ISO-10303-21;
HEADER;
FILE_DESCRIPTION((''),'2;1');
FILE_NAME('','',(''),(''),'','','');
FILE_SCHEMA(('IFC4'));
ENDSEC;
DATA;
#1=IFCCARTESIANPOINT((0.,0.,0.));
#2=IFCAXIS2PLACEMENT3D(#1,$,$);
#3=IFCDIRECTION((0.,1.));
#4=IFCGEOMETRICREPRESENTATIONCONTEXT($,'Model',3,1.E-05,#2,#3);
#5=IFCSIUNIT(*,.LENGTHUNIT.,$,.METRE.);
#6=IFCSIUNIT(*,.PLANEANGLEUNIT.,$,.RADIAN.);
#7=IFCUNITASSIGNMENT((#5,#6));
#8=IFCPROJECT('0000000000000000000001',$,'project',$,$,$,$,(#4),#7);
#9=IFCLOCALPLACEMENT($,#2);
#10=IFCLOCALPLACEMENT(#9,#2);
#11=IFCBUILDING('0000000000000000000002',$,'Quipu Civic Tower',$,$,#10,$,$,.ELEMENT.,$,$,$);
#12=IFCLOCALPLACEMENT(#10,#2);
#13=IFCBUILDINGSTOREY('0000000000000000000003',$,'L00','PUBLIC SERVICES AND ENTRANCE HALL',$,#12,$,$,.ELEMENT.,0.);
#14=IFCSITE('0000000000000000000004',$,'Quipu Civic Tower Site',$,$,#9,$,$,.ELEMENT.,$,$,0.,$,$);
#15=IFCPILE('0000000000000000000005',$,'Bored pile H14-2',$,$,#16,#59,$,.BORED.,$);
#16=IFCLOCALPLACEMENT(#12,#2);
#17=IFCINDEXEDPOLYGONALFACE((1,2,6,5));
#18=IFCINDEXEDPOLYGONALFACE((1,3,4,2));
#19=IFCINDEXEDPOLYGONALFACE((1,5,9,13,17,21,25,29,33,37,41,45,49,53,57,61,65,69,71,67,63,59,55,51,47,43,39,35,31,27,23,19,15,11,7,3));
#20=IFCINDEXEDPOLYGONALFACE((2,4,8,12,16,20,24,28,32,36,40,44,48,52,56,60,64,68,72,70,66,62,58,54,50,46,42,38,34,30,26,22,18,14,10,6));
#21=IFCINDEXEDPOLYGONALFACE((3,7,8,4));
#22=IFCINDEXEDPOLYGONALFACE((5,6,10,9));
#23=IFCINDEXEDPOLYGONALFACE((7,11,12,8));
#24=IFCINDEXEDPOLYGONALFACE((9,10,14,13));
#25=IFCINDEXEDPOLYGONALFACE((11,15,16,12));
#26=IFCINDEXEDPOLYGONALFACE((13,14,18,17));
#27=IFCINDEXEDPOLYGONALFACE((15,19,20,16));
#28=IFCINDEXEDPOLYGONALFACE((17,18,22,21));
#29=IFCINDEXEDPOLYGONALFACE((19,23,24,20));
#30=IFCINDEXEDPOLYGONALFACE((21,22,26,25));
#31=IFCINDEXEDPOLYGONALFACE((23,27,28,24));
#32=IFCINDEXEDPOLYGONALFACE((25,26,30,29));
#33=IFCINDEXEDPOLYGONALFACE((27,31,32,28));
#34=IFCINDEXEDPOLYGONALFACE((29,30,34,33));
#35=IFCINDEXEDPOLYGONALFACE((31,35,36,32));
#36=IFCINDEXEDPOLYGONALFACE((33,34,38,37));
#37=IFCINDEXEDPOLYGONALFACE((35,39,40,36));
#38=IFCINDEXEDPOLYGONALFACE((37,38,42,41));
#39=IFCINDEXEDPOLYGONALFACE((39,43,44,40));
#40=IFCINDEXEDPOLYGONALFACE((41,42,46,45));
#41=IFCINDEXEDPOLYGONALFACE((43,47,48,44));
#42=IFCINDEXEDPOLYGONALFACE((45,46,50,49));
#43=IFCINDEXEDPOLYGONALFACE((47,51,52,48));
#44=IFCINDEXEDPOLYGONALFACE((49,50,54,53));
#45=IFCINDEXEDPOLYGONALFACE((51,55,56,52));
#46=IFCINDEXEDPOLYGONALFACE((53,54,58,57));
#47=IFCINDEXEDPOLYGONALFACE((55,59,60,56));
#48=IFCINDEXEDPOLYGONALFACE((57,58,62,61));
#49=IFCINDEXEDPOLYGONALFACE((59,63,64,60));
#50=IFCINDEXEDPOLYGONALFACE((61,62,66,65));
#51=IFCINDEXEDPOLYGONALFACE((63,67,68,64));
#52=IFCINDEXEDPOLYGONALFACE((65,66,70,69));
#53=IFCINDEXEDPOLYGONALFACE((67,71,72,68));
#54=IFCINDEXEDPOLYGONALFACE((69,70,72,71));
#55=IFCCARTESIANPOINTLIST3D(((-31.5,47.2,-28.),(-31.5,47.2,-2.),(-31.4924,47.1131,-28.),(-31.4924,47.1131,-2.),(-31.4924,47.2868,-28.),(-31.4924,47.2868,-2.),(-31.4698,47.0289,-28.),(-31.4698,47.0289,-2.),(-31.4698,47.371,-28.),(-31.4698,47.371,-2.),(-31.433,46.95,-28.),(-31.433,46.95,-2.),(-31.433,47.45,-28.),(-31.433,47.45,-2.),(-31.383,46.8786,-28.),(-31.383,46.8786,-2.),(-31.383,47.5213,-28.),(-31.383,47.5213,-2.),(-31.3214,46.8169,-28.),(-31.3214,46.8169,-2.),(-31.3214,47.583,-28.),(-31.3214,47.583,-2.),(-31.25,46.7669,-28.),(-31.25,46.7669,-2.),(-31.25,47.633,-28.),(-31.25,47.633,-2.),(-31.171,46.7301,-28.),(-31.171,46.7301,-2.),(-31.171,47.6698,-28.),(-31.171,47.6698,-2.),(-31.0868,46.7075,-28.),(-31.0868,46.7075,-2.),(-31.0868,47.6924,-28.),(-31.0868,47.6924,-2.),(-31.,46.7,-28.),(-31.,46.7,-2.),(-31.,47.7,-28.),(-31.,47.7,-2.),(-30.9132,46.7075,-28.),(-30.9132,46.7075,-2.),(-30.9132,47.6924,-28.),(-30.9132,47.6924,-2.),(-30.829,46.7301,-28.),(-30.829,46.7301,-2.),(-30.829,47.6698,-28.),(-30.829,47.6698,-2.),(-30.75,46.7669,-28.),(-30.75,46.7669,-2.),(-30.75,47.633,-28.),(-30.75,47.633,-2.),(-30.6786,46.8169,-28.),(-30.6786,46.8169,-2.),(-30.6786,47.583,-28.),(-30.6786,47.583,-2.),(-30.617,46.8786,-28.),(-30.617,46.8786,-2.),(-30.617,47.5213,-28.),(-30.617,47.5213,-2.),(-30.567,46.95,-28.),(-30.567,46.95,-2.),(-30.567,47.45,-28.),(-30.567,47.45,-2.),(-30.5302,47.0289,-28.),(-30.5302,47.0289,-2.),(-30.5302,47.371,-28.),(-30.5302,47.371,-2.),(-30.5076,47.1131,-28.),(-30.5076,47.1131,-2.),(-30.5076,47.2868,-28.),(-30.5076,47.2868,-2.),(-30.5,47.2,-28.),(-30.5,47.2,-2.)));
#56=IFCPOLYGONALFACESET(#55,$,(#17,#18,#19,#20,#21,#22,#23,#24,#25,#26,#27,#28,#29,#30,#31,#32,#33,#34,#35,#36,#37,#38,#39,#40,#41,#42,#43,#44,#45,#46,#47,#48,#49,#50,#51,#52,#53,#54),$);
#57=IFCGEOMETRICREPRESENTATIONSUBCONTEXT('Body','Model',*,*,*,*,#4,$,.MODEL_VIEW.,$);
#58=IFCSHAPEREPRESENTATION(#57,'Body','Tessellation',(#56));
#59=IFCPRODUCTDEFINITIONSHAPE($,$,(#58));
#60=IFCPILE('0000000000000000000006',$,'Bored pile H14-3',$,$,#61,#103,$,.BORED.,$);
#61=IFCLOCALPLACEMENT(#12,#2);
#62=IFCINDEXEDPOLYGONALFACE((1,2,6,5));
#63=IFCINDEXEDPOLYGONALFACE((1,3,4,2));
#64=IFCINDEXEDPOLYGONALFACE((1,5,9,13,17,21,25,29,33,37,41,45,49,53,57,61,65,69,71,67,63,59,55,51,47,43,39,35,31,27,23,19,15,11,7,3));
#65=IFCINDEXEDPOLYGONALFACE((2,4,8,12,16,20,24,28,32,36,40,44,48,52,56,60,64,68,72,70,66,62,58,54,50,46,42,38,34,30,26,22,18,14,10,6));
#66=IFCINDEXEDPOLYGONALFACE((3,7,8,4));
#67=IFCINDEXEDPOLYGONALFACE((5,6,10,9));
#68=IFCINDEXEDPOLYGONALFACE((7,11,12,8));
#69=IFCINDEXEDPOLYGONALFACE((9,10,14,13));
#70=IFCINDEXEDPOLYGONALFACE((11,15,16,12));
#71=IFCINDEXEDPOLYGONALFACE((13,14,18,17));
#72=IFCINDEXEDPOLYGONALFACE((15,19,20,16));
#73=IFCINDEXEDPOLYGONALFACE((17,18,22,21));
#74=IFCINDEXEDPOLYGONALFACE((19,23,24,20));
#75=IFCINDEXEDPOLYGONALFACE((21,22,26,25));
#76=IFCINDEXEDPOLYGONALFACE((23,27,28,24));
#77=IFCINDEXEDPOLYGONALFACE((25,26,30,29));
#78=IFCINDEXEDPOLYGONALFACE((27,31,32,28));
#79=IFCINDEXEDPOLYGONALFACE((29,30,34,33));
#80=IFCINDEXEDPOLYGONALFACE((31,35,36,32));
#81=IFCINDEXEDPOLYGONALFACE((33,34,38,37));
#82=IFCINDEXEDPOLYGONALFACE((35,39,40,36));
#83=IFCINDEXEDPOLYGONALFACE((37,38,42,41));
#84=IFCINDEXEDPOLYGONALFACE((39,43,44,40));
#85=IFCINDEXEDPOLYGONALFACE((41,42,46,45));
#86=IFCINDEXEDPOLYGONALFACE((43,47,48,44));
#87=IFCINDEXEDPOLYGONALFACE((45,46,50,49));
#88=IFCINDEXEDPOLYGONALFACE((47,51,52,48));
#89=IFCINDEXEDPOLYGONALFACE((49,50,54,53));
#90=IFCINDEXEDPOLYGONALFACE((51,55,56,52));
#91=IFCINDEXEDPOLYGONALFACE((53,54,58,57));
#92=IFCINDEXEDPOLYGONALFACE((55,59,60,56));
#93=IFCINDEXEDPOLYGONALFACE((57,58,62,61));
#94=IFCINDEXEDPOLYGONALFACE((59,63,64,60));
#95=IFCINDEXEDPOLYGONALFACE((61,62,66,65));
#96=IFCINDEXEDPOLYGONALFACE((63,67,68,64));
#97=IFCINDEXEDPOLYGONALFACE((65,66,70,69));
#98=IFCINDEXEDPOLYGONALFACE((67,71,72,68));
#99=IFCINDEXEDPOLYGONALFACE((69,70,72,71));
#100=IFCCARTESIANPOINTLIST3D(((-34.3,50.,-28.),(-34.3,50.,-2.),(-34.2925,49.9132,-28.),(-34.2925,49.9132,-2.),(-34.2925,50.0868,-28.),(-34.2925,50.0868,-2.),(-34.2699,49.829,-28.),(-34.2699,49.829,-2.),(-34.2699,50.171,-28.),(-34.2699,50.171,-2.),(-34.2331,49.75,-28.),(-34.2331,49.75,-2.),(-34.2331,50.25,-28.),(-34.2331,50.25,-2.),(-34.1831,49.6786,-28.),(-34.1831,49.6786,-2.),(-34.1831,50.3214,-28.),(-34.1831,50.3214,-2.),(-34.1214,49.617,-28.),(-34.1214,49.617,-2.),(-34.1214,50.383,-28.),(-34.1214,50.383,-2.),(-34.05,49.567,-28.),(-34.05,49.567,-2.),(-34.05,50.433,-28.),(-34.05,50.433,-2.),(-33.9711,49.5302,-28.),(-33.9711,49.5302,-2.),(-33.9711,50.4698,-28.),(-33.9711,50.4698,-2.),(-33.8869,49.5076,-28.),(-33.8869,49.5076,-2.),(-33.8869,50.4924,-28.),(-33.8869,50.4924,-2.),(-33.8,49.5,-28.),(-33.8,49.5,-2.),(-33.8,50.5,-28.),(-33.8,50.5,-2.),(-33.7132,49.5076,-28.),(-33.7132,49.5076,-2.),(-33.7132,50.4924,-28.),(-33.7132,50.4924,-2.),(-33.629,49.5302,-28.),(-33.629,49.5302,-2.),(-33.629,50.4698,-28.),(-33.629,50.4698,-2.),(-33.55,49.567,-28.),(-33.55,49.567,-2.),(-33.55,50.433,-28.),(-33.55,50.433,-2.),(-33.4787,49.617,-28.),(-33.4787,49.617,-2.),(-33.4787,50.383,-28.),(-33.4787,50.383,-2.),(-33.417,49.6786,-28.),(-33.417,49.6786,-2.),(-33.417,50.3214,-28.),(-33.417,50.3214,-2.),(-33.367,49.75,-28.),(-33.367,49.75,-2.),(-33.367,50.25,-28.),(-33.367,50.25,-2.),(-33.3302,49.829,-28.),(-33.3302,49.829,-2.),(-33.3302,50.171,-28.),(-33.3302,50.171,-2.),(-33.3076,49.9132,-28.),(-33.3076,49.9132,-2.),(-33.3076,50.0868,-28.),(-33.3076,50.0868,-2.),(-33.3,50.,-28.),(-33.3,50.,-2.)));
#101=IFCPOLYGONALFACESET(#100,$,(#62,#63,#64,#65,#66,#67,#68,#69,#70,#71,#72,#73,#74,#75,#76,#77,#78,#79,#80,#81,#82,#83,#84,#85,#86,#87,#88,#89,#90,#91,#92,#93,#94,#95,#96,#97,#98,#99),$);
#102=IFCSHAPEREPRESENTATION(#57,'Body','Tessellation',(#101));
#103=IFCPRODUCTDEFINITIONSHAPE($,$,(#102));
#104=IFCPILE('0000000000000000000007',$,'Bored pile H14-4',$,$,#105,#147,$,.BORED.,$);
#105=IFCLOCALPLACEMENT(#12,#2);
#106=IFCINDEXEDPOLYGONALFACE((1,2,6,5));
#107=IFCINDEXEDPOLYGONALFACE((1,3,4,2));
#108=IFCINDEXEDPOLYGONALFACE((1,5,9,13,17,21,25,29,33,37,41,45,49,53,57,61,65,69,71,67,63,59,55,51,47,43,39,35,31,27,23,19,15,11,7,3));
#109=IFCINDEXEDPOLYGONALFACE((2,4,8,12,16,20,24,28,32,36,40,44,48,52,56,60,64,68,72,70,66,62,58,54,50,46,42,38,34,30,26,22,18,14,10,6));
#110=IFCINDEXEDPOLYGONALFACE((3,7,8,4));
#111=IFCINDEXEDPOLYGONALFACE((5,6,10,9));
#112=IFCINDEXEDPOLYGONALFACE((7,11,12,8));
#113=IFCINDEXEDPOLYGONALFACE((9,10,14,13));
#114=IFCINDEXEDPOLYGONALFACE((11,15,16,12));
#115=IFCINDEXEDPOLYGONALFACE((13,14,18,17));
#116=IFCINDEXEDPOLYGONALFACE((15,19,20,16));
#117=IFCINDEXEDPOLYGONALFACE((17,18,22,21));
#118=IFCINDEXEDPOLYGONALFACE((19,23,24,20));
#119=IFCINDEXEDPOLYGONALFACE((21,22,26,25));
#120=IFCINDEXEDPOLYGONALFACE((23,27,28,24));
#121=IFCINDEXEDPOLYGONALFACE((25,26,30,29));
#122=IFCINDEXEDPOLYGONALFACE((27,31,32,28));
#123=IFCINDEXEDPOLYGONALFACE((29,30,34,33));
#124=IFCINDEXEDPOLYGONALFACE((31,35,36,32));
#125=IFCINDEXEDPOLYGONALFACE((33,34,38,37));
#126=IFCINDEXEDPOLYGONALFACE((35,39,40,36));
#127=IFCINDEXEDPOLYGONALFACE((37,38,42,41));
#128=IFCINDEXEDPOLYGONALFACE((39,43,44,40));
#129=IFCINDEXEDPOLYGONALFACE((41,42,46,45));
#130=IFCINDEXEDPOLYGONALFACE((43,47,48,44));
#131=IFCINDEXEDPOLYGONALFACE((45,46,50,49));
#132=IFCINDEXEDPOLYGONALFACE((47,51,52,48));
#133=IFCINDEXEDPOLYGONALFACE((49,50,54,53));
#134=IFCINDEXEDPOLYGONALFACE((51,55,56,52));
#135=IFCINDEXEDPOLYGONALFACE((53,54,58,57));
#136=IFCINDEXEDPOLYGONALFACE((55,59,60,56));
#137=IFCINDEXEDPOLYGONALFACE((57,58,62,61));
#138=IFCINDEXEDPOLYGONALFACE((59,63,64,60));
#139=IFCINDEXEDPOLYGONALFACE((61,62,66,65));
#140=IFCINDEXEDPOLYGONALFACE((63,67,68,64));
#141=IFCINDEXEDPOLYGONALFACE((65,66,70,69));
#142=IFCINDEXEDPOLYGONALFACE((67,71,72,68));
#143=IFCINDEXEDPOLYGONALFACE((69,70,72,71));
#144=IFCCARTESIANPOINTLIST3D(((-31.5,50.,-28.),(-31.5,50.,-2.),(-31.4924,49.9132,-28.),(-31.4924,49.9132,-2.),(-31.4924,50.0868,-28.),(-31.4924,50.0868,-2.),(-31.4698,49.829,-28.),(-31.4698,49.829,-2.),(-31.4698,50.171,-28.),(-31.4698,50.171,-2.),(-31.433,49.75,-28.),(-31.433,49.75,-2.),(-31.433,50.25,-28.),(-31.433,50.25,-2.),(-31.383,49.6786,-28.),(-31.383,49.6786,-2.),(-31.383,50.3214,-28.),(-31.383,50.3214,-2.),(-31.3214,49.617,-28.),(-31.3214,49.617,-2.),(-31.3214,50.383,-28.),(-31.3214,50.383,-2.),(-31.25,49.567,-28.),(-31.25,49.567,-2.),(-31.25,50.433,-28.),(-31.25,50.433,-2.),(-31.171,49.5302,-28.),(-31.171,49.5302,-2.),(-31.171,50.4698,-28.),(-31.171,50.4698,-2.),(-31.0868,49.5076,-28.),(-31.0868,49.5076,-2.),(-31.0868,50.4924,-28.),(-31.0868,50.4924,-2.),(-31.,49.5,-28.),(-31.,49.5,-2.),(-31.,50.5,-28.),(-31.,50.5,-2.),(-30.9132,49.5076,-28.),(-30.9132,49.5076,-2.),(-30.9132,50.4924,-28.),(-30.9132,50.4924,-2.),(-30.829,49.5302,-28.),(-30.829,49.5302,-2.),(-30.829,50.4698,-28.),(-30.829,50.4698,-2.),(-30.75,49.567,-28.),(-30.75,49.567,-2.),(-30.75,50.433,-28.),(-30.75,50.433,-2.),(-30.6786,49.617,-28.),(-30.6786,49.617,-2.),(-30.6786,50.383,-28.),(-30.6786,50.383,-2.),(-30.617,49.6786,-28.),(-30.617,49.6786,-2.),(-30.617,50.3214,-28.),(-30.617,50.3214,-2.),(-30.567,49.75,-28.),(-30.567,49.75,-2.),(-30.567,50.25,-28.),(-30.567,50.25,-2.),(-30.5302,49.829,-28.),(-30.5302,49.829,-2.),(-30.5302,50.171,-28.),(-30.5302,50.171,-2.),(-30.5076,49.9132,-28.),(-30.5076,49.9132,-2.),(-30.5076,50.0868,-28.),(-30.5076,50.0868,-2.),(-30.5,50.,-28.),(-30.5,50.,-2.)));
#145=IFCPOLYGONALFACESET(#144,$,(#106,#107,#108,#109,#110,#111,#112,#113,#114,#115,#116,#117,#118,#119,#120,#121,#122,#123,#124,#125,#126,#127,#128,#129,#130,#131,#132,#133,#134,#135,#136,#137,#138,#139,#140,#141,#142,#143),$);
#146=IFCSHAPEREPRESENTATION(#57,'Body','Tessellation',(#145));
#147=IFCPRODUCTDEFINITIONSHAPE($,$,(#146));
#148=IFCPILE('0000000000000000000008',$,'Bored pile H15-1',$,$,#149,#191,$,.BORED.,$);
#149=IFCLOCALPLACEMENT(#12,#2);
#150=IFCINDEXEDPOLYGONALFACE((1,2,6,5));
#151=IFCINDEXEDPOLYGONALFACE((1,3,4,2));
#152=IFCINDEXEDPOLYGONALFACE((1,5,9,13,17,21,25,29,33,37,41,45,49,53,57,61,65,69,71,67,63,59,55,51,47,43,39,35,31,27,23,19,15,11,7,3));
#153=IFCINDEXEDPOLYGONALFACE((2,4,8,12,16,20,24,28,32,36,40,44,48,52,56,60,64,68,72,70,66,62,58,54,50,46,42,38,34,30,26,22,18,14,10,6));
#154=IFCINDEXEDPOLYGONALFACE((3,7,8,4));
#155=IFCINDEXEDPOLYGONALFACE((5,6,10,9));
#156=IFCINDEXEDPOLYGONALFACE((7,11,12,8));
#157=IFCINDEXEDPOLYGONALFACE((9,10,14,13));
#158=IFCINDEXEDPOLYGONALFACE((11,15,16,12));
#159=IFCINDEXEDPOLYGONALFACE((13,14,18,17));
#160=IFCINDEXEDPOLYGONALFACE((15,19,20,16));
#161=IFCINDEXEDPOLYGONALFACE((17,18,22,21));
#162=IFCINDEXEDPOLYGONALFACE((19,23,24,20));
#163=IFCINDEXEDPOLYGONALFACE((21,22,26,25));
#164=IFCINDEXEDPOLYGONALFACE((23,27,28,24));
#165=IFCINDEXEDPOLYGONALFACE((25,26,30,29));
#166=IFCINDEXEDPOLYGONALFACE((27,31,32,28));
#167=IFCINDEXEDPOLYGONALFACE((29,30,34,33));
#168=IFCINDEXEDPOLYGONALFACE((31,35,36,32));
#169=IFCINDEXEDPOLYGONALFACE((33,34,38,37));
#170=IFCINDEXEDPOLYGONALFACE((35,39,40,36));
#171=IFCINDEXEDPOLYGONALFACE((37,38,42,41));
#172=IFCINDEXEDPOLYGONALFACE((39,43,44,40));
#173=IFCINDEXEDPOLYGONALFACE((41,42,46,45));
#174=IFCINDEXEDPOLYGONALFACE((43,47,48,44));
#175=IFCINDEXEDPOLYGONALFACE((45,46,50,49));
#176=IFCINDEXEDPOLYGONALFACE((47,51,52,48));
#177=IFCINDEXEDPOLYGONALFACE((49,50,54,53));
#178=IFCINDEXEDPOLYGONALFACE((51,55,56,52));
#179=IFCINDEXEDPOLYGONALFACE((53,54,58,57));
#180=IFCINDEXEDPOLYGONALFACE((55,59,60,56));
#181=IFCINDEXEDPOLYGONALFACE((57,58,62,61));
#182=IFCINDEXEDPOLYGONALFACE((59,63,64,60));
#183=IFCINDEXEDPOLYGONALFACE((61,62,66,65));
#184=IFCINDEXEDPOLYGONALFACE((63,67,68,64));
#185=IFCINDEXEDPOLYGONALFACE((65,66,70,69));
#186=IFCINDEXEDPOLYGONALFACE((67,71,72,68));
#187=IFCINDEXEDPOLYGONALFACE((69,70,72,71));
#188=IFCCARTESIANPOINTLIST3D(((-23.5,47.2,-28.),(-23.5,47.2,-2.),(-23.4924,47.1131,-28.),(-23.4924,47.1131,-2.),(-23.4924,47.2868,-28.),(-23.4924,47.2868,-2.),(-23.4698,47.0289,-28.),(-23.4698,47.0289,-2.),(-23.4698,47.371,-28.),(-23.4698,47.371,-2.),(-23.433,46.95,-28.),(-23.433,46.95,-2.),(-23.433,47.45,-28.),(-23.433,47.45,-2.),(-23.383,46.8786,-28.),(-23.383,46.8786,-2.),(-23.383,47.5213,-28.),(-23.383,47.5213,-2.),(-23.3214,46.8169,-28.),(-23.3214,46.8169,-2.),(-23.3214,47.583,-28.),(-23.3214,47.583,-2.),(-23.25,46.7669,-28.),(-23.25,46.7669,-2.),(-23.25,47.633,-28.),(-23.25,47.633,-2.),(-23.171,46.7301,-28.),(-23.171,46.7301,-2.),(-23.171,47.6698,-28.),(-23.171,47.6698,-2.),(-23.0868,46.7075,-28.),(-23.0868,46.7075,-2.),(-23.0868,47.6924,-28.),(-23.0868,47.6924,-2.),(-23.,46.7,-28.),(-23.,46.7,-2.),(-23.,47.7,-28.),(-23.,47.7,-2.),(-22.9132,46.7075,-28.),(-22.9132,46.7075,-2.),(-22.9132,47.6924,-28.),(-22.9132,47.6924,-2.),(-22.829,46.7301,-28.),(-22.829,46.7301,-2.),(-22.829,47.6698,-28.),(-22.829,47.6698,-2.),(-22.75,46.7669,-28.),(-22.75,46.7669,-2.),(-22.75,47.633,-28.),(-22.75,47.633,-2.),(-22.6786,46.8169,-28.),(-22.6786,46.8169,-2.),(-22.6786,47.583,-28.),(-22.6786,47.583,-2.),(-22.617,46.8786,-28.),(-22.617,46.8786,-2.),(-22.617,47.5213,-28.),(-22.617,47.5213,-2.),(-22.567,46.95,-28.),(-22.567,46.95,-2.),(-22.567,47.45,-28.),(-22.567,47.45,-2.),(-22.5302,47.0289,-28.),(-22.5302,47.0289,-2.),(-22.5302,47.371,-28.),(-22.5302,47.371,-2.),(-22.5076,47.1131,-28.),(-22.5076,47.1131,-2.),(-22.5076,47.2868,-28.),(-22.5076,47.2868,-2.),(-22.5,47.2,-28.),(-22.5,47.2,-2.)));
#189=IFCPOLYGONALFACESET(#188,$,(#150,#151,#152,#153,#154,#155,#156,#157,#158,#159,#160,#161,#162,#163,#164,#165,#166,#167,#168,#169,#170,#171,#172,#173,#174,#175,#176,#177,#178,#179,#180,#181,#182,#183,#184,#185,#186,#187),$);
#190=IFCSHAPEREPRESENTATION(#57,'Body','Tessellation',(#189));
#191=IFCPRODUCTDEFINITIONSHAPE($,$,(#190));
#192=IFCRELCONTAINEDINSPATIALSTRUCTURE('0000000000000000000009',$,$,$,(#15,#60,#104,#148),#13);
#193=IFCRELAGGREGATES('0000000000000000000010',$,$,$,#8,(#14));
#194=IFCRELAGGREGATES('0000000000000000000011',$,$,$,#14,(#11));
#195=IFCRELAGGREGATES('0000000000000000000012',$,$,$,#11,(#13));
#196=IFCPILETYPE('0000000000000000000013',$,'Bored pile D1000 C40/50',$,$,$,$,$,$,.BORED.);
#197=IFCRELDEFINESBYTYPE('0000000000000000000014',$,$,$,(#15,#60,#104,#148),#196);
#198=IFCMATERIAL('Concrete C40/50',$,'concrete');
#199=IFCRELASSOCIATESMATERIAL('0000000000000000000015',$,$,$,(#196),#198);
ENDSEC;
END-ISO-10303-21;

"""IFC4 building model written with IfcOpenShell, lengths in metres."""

from ifc_helpers import new_model, si_unit, direction, frame, origin, origin_2d, place, context, subcontext, project, spatial, circle, extrude, material, material_profile, profile_set, type_object, element, save


model = new_model("IFC4")

# Units and contexts
model_context = context("Model", 3, precision=1e-05, world=origin(), true_north=direction((0.0, 1.0)))
body_context = subcontext(model_context, "Body", "Model", "MODEL_VIEW")
ifc_project = project(units=[si_unit("LENGTHUNIT", "METRE"), si_unit("PLANEANGLEUNIT", "RADIAN")], contexts=[model_context])

# Site, building, storey
site_placement = place(None, origin())
site = spatial("IfcSite", under=ifc_project, at=site_placement, Name="Quipu Civic Tower Site", CompositionType="ELEMENT", RefElevation=0.0)
building_placement = place(site_placement, origin())
building = spatial("IfcBuilding", under=site, at=building_placement, Name="Quipu Civic Tower", CompositionType="ELEMENT")
storey_placement = place(building_placement, origin())
storey = spatial("IfcBuildingStorey", under=building, at=storey_placement, Name="L00", Description="PUBLIC SERVICES AND ENTRANCE HALL", CompositionType="ELEMENT", Elevation=0.0)

# Piles
ifc_material_1 = material(Name="Concrete C40/50", Category="concrete")
ifc_material_profile_1 = material_profile(ifc_material_1, circle(Radius=0.5, at=origin_2d()), Name="RCD1000")
ifc_profile_set_1 = profile_set([ifc_material_profile_1], Name="Concrete C40/50")
pile_type_1 = type_object("IfcPileType", Name="Bored pile D1000 C40/50", PredefinedType="BORED", material=ifc_profile_set_1)
for number, where, z_axis, x_axis, name in (
    (1, (-31.0, 47.2, -2.0), (0.0, 0.0, -1.0), (1.0, 0.0, 0.0), "Bored pile H14-2"),
    (2, (-33.8, 50.0, -2.0), (0.0, 0.0, -1.0), (1.0, 0.0, 0.0), "Bored pile H14-3"),
    (3, (-31.0, 50.0, -2.0), (0.0, 0.0, -1.0), (1.0, 0.0, 0.0), "Bored pile H14-4"),
    (4, (-23.0, 47.2, -2.0), (0.0, 0.0, -1.0), (1.0, 0.0, 0.0), "Bored pile H15-1"),
):
    element("IfcPile", number, at=place(storey_placement, frame(where, z_axis=z_axis, x_axis=x_axis)), inside=storey, type_object=pile_type_1, Name=name, PredefinedType="BORED", context=body_context, shape_type="SweptSolid", body=[
        extrude(circle(Radius=0.5, at=origin_2d()), origin(), (0.0, 0.0, 1.0), 26.0),
    ])

save(model, "model.ifc")
